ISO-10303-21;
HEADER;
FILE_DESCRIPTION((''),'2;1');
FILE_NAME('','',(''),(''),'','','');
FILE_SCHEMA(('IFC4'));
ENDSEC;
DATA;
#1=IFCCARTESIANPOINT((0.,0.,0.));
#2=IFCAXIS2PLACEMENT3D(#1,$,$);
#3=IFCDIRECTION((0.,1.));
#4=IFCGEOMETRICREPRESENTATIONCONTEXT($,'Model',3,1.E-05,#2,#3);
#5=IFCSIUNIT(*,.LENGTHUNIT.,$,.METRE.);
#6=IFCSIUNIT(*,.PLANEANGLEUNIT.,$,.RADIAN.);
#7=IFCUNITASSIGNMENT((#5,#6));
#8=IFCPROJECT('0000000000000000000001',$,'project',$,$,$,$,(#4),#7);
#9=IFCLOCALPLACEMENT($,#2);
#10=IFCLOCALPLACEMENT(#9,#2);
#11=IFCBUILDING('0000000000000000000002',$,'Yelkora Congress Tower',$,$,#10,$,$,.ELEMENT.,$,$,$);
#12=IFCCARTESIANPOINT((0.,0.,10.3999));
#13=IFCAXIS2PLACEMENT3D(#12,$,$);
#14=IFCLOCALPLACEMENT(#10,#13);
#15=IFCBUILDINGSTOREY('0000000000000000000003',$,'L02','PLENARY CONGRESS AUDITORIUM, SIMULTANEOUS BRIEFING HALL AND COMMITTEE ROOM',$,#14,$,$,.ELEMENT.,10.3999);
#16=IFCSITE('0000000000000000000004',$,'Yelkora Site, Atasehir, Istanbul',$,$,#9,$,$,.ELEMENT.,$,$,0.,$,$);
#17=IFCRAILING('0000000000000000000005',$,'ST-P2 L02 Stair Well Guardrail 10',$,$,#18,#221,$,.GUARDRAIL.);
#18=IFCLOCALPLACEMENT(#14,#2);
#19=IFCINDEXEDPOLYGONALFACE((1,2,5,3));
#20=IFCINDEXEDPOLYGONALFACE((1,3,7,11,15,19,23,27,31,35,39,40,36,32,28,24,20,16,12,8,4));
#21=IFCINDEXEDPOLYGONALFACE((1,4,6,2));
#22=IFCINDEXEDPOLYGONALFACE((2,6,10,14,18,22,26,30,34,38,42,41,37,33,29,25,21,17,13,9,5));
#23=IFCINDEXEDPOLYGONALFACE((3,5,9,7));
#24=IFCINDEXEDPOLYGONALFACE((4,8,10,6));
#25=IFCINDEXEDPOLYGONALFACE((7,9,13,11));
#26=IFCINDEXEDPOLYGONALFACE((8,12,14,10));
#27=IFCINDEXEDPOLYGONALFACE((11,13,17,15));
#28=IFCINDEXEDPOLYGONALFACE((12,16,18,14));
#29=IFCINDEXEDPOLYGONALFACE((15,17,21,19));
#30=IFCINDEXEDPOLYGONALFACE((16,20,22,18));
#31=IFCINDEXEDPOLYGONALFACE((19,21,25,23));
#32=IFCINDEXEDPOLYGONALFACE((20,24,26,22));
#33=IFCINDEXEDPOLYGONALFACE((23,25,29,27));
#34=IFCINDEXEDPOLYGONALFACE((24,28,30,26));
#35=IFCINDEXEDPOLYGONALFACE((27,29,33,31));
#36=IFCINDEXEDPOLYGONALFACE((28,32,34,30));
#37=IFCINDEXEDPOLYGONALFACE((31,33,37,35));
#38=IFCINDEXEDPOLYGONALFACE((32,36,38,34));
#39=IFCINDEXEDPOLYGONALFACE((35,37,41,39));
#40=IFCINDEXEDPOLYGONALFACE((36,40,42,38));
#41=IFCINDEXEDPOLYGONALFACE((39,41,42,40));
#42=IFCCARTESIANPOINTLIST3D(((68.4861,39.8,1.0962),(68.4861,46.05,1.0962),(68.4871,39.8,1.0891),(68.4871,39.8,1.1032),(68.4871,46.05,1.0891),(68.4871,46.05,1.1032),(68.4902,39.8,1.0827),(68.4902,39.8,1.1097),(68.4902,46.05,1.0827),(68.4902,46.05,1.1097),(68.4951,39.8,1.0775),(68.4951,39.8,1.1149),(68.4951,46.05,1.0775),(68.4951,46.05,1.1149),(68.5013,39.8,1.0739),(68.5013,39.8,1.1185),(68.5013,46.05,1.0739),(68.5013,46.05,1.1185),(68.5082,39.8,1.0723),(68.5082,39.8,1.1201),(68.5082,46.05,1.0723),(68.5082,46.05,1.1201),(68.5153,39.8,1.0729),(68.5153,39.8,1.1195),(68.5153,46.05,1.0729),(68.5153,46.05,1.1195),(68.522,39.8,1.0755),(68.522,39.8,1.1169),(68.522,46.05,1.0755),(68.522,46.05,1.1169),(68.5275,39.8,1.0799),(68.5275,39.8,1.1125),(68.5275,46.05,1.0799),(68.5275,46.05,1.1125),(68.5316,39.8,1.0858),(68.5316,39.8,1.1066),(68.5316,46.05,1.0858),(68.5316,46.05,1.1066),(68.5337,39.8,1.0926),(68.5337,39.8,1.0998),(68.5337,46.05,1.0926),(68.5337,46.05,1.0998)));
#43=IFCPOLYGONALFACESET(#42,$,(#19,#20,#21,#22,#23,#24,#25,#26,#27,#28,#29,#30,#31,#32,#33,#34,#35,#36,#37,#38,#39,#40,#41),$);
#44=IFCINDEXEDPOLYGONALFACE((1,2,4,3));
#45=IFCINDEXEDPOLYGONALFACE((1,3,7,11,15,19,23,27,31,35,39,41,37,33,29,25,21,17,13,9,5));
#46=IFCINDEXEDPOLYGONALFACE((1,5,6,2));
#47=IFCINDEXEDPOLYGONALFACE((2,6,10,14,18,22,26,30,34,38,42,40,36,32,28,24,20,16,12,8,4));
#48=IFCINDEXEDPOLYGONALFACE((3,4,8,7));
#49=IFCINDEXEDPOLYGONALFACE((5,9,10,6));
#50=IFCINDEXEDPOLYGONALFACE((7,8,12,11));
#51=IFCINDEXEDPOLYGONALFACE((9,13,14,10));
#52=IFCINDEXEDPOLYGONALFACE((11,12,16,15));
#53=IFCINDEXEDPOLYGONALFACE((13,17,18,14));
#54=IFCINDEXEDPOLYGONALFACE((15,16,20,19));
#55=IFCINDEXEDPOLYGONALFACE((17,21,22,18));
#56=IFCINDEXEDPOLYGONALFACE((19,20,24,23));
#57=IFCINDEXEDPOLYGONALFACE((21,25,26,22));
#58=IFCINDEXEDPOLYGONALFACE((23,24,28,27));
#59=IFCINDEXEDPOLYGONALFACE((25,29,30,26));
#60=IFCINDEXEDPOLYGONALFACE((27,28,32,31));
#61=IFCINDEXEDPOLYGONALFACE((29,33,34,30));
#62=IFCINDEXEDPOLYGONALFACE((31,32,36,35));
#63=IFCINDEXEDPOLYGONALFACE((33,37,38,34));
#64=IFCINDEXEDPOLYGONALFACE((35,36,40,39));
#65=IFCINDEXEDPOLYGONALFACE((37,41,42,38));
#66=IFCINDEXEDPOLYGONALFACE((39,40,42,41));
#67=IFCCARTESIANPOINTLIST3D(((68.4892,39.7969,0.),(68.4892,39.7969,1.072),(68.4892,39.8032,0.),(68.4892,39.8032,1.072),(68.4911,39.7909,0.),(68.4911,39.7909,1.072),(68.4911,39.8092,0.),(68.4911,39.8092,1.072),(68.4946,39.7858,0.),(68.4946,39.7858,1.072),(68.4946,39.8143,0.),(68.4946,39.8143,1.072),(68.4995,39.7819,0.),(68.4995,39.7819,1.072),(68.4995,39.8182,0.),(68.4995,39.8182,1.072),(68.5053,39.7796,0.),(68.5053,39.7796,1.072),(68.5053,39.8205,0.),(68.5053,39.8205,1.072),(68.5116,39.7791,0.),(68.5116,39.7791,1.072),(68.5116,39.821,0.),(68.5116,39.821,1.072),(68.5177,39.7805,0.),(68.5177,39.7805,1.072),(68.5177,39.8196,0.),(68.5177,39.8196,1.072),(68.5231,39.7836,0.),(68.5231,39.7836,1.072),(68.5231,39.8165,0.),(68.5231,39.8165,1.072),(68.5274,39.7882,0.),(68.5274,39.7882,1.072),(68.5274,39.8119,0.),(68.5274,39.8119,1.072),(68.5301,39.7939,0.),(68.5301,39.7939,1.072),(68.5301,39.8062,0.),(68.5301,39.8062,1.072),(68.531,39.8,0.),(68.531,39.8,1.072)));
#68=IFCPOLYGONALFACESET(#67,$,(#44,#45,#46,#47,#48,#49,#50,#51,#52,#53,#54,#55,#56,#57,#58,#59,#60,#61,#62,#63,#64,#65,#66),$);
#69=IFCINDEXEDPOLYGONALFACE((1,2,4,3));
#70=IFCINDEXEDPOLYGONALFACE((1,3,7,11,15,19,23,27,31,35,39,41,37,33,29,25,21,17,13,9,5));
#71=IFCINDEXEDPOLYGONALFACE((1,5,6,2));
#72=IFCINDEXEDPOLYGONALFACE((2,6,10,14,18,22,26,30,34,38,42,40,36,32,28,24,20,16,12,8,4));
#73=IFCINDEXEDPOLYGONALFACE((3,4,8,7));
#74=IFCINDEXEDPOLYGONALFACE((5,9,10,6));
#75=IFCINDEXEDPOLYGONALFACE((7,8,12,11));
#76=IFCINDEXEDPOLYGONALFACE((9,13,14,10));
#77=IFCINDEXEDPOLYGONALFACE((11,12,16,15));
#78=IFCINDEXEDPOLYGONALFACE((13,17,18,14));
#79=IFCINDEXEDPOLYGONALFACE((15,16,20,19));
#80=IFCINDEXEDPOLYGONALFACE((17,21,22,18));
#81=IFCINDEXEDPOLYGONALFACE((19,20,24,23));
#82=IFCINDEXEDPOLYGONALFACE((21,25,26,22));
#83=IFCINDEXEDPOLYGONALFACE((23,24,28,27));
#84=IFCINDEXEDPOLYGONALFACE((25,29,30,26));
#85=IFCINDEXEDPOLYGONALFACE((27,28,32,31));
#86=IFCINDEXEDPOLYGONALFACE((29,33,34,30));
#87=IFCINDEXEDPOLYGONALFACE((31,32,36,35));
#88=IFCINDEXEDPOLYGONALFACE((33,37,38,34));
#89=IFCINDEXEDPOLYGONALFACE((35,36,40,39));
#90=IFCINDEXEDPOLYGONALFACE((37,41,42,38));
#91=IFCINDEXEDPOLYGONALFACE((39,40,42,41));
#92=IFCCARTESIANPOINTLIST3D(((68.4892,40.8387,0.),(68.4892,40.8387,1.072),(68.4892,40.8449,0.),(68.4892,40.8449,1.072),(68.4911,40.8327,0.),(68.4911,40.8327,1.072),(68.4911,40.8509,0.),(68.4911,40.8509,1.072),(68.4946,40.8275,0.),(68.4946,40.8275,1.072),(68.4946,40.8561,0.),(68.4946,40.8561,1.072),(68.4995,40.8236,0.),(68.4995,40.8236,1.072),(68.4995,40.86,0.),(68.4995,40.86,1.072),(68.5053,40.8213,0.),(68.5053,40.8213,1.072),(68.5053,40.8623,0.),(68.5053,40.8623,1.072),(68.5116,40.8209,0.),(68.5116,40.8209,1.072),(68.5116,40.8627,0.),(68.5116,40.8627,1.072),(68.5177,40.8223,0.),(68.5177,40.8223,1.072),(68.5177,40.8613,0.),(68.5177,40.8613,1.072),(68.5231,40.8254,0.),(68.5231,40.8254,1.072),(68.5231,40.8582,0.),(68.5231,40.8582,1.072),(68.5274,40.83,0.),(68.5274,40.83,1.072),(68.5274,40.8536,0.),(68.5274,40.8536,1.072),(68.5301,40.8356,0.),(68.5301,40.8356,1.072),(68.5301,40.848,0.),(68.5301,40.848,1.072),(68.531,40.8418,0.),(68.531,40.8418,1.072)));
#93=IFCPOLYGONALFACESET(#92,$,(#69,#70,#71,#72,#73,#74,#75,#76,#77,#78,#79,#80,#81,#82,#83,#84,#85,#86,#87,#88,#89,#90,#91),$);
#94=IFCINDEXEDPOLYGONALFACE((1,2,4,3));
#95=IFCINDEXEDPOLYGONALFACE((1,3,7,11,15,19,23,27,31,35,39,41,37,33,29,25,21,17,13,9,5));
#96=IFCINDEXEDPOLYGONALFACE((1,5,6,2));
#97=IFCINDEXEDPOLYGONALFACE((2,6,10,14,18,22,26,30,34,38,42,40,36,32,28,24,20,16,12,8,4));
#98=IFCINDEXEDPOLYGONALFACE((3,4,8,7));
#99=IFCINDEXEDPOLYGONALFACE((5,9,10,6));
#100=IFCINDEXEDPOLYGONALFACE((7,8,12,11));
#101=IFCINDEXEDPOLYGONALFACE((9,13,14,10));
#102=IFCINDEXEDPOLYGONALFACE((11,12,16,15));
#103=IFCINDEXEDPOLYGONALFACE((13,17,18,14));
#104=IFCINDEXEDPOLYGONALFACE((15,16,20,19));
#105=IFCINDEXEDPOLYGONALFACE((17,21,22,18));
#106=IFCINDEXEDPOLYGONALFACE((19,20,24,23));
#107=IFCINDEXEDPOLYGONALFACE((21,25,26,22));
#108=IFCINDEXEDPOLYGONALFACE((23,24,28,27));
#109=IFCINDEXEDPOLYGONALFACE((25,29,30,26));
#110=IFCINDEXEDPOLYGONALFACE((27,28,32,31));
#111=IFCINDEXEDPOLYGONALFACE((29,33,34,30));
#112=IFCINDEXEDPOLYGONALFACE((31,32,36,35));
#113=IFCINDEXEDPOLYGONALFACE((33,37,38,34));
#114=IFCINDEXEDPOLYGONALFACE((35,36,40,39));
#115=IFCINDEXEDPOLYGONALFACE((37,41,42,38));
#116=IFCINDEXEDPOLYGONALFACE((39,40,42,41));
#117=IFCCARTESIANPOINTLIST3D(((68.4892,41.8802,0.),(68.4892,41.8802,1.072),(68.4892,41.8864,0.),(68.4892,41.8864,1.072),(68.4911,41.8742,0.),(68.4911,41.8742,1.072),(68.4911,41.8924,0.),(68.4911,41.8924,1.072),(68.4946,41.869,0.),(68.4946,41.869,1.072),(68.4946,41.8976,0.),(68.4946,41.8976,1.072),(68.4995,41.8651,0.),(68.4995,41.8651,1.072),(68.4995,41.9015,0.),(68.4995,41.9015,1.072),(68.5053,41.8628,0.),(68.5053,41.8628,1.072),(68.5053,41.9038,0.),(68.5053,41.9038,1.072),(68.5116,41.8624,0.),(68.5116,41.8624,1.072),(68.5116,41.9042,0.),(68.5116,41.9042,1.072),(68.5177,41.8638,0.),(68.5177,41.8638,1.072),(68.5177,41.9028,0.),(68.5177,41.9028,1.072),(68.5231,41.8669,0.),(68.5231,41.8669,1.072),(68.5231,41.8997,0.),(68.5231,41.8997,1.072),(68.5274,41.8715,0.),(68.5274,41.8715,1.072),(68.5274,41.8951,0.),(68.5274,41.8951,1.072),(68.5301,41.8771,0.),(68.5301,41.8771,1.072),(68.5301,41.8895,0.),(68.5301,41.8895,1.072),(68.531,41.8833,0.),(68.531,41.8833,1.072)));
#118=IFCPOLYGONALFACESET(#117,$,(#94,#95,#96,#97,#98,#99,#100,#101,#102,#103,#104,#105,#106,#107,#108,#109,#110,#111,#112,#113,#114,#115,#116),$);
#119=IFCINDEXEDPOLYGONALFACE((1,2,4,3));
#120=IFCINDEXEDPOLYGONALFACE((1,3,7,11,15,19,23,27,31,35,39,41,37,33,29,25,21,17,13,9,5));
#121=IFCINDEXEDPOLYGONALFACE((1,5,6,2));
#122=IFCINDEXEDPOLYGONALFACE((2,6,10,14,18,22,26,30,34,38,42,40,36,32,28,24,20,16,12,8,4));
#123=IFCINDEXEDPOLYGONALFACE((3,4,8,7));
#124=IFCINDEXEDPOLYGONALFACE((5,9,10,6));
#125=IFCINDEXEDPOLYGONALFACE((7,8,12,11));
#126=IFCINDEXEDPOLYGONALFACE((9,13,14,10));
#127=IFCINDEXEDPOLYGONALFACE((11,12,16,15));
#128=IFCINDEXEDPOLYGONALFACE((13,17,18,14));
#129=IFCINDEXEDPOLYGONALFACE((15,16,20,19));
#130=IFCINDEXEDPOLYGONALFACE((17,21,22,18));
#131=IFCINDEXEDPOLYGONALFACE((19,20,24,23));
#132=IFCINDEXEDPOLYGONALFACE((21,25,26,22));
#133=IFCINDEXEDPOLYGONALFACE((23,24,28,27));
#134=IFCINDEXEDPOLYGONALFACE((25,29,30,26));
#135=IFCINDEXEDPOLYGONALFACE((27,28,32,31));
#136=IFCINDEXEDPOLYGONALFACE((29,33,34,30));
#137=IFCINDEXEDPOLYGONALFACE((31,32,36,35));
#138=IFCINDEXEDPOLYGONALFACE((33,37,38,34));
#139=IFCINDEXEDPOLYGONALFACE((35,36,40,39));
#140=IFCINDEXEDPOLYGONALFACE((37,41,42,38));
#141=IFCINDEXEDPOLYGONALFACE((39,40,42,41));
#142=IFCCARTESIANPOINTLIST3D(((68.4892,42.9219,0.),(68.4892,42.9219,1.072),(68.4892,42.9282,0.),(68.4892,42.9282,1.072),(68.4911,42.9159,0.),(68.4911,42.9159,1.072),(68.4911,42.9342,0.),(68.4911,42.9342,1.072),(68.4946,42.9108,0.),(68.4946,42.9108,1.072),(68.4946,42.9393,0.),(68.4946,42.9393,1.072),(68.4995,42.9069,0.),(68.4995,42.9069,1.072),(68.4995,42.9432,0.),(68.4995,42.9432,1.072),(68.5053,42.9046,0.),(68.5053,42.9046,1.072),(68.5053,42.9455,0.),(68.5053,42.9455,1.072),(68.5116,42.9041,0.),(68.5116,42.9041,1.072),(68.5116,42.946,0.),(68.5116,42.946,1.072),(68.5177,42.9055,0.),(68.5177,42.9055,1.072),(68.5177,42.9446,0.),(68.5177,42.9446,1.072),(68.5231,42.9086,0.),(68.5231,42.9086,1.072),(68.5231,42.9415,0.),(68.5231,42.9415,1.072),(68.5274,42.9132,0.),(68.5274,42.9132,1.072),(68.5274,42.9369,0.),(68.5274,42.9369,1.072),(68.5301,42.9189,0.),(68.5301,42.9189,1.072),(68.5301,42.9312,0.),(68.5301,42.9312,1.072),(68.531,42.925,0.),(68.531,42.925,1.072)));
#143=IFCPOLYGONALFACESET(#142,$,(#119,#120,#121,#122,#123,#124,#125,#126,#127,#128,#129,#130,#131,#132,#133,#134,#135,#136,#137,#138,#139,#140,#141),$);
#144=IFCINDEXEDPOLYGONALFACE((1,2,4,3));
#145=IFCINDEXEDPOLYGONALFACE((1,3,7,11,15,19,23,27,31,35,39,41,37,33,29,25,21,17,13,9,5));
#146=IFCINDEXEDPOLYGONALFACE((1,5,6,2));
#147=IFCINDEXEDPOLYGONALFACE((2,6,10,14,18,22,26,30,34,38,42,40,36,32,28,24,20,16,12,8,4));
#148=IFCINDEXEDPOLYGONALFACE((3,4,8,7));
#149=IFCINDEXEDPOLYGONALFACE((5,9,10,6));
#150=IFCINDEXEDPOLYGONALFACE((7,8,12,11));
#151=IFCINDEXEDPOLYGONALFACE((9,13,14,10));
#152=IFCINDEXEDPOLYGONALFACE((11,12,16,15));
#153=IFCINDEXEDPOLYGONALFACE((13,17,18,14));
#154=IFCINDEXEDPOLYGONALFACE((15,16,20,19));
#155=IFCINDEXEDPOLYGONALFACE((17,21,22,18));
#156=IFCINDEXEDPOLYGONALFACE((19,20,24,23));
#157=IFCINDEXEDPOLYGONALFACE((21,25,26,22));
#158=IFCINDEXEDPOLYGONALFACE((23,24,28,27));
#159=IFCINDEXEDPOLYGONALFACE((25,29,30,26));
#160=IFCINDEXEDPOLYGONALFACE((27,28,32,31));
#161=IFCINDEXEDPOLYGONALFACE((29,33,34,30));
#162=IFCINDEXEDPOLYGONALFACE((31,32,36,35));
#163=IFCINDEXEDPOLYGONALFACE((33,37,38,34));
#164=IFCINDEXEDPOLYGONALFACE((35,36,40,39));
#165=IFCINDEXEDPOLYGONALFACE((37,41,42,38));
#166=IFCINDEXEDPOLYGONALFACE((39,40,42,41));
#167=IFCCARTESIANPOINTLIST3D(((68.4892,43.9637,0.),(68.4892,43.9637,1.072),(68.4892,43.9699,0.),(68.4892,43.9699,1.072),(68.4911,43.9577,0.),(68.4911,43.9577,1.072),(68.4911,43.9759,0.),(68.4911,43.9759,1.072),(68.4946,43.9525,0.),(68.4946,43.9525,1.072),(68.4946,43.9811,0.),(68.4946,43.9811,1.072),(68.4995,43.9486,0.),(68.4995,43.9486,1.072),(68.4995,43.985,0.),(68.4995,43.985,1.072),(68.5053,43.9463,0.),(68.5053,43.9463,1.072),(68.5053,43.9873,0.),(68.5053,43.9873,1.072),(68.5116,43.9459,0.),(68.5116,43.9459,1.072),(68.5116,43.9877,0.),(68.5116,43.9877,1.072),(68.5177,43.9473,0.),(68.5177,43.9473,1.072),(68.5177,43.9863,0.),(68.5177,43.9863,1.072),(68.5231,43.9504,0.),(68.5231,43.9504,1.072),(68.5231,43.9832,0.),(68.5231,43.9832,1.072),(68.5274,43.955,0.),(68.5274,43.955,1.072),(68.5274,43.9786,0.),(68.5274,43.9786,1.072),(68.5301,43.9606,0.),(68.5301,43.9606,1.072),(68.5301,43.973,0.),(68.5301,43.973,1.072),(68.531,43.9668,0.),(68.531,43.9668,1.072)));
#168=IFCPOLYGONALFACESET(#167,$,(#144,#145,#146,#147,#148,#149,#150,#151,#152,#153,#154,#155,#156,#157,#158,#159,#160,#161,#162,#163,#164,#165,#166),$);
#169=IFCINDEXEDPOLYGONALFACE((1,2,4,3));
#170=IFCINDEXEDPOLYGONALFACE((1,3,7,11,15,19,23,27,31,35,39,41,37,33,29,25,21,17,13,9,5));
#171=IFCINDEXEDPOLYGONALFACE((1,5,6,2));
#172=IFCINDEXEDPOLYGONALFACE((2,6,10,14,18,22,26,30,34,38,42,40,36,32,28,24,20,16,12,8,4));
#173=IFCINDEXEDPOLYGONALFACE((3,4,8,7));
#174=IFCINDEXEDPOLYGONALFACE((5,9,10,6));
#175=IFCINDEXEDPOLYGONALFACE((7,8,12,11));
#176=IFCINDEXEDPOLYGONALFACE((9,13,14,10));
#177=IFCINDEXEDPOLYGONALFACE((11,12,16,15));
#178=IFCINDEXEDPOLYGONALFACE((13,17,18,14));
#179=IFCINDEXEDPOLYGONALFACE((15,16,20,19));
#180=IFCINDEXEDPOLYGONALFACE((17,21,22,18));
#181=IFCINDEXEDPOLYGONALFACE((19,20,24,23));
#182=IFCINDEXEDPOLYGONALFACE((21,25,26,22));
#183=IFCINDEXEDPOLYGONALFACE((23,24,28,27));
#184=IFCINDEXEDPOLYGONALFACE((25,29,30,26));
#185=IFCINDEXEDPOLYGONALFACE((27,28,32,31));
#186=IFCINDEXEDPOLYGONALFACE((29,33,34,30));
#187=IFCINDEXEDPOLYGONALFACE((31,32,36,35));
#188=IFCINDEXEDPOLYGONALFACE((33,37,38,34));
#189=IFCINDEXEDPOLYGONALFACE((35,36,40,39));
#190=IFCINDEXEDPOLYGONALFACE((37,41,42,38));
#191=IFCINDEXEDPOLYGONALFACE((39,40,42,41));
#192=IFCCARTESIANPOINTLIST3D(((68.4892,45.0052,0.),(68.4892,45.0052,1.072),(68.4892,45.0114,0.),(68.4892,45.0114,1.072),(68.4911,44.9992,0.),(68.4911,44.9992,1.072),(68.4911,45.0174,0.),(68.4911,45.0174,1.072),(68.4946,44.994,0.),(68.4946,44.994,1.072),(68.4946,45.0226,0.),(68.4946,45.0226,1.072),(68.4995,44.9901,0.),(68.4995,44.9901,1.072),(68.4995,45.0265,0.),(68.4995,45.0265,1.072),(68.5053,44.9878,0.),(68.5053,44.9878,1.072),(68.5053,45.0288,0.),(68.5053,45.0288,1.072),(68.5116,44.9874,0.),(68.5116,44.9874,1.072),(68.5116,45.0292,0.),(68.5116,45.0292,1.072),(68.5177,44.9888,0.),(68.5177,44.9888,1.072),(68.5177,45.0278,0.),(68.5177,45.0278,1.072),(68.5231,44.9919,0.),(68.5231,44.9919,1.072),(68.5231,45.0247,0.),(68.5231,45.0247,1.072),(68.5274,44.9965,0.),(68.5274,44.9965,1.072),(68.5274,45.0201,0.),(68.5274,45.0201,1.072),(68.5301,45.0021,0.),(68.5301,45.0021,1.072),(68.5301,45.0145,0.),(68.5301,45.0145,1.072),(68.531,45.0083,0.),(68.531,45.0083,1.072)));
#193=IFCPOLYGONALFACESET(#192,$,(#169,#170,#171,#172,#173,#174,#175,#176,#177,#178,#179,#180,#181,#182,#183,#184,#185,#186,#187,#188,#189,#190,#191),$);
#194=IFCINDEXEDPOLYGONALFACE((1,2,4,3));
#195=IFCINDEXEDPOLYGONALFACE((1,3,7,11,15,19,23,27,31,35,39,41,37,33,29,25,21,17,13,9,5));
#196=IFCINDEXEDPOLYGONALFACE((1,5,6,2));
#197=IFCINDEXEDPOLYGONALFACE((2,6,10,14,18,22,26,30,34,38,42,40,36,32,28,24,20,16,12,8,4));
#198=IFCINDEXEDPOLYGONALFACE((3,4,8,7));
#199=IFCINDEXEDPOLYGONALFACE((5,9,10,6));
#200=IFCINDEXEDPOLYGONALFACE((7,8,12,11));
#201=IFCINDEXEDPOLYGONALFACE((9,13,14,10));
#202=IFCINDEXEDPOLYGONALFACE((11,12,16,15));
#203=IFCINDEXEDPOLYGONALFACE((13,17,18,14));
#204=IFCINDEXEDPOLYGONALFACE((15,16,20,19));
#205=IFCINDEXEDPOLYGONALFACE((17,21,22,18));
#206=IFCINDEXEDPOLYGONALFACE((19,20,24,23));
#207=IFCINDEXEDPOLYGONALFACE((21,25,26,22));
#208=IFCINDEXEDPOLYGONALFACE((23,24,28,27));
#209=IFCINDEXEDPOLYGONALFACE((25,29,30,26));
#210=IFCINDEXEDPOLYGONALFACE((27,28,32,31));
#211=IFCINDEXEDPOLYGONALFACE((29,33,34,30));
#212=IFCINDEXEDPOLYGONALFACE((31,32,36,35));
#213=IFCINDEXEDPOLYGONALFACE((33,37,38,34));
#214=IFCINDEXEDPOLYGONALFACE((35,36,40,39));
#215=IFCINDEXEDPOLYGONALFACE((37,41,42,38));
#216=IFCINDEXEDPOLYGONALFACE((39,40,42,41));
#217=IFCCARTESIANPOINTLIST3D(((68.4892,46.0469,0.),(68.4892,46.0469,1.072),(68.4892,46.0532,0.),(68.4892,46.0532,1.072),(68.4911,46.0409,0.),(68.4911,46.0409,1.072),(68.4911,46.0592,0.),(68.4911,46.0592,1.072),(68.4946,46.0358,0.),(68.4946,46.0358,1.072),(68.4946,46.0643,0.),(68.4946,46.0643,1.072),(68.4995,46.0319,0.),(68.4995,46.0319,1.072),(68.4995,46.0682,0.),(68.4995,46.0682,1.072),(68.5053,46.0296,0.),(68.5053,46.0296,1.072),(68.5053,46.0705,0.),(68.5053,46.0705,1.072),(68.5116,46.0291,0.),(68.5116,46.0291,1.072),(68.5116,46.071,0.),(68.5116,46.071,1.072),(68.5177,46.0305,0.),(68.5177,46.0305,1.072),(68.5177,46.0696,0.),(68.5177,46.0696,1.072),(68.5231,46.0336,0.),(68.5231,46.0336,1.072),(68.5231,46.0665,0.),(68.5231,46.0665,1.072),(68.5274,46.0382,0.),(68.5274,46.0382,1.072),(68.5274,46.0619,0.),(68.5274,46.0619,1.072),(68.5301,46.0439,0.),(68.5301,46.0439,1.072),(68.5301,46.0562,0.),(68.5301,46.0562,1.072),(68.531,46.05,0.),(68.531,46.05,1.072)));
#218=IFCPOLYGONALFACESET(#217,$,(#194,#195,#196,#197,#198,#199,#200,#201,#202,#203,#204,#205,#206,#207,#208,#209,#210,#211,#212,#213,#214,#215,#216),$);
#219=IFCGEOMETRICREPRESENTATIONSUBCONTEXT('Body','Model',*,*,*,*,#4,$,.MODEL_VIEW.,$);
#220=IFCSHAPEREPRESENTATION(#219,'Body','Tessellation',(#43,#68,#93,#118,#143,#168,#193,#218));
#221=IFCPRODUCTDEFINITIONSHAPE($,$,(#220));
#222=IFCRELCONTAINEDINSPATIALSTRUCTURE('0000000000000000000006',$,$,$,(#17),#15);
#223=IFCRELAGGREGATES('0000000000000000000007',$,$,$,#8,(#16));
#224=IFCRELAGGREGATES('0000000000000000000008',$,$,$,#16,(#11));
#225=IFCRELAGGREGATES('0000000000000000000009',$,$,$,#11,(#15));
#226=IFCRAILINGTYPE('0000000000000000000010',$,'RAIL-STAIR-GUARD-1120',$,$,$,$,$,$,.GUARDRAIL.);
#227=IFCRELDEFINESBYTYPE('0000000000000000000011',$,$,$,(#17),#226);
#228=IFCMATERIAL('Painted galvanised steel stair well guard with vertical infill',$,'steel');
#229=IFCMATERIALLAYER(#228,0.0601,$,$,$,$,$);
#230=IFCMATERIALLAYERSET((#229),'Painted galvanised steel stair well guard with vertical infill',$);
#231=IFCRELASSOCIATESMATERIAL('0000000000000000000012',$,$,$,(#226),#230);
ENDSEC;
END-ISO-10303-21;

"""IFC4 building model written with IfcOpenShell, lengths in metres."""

from ifc_helpers import new_model, si_unit, direction, frame, origin, origin_2d, place, context, subcontext, project, spatial, circle, extrude, material, layer, layer_set, type_object, element, save


model = new_model("IFC4")

# Units and contexts
model_context = context("Model", 3, precision=1e-05, world=origin(), true_north=direction((0.0, 1.0)))
body_context = subcontext(model_context, "Body", "Model", "MODEL_VIEW")
ifc_project = project(units=[si_unit("LENGTHUNIT", "METRE"), si_unit("PLANEANGLEUNIT", "RADIAN")], contexts=[model_context])

# Site, building, storey
site_placement = place(None, origin())
site = spatial("IfcSite", under=ifc_project, at=site_placement, Name="Yelkora Site, Atasehir, Istanbul", CompositionType="ELEMENT", RefElevation=0.0)
building_placement = place(site_placement, origin())
building = spatial("IfcBuilding", under=site, at=building_placement, Name="Yelkora Congress Tower", CompositionType="ELEMENT")
storey_placement = place(building_placement, frame((0.0, 0.0, 10.3999)))
storey = spatial("IfcBuildingStorey", under=building, at=storey_placement, Name="L02", Description="PLENARY CONGRESS AUDITORIUM, SIMULTANEOUS BRIEFING HALL AND COMMITTEE ROOM", CompositionType="ELEMENT", Elevation=10.3999)

# Railing
ifc_material_1 = material(Name="Painted galvanised steel stair well guard with vertical infill", Category="steel")
ifc_layer_1 = layer(ifc_material_1, 0.0601)
ifc_layer_set_1 = layer_set([ifc_layer_1], Name="Painted galvanised steel stair well guard with vertical infill")
railing_type_1 = type_object("IfcRailingType", Name="RAIL-STAIR-GUARD-1120", PredefinedType="GUARDRAIL", material=ifc_layer_set_1)
railing_1_placement = place(storey_placement, frame((68.51, 39.8, 0.0)))
element("IfcRailing", 1, at=railing_1_placement, inside=storey, type_object=railing_type_1, Name="ST-P2 L02 Stair Well Guardrail 10", PredefinedType="GUARDRAIL", context=body_context, shape_type="SweptSolid", body=[
    extrude(circle(Radius=0.0239, at=origin_2d()), frame((0.0, 0.0, 1.0962), z_axis=(0.0, 1.0, 0.0), x_axis=(-1.0, 0.0, 0.0)), (0.0, 0.0, 1.0), 6.25),
    extrude(circle(Radius=0.021, at=origin_2d()), origin(), (0.0, 0.0, 1.0), 1.072),
    extrude(circle(Radius=0.021, at=origin_2d()), frame((0.0, 1.0417, 0.0)), (0.0, 0.0, 1.0), 1.072),
    extrude(circle(Radius=0.021, at=origin_2d()), frame((0.0, 2.0833, 0.0)), (0.0, 0.0, 1.0), 1.072),
    extrude(circle(Radius=0.021, at=origin_2d()), frame((0.0, 3.125, 0.0)), (0.0, 0.0, 1.0), 1.072),
    extrude(circle(Radius=0.021, at=origin_2d()), frame((0.0, 4.1667, 0.0)), (0.0, 0.0, 1.0), 1.072),
    extrude(circle(Radius=0.021, at=origin_2d()), frame((0.0, 5.2083, 0.0)), (0.0, 0.0, 1.0), 1.072),
    extrude(circle(Radius=0.021, at=origin_2d()), frame((0.0, 6.25, 0.0)), (0.0, 0.0, 1.0), 1.072),
])

save(model, "model.ifc")
